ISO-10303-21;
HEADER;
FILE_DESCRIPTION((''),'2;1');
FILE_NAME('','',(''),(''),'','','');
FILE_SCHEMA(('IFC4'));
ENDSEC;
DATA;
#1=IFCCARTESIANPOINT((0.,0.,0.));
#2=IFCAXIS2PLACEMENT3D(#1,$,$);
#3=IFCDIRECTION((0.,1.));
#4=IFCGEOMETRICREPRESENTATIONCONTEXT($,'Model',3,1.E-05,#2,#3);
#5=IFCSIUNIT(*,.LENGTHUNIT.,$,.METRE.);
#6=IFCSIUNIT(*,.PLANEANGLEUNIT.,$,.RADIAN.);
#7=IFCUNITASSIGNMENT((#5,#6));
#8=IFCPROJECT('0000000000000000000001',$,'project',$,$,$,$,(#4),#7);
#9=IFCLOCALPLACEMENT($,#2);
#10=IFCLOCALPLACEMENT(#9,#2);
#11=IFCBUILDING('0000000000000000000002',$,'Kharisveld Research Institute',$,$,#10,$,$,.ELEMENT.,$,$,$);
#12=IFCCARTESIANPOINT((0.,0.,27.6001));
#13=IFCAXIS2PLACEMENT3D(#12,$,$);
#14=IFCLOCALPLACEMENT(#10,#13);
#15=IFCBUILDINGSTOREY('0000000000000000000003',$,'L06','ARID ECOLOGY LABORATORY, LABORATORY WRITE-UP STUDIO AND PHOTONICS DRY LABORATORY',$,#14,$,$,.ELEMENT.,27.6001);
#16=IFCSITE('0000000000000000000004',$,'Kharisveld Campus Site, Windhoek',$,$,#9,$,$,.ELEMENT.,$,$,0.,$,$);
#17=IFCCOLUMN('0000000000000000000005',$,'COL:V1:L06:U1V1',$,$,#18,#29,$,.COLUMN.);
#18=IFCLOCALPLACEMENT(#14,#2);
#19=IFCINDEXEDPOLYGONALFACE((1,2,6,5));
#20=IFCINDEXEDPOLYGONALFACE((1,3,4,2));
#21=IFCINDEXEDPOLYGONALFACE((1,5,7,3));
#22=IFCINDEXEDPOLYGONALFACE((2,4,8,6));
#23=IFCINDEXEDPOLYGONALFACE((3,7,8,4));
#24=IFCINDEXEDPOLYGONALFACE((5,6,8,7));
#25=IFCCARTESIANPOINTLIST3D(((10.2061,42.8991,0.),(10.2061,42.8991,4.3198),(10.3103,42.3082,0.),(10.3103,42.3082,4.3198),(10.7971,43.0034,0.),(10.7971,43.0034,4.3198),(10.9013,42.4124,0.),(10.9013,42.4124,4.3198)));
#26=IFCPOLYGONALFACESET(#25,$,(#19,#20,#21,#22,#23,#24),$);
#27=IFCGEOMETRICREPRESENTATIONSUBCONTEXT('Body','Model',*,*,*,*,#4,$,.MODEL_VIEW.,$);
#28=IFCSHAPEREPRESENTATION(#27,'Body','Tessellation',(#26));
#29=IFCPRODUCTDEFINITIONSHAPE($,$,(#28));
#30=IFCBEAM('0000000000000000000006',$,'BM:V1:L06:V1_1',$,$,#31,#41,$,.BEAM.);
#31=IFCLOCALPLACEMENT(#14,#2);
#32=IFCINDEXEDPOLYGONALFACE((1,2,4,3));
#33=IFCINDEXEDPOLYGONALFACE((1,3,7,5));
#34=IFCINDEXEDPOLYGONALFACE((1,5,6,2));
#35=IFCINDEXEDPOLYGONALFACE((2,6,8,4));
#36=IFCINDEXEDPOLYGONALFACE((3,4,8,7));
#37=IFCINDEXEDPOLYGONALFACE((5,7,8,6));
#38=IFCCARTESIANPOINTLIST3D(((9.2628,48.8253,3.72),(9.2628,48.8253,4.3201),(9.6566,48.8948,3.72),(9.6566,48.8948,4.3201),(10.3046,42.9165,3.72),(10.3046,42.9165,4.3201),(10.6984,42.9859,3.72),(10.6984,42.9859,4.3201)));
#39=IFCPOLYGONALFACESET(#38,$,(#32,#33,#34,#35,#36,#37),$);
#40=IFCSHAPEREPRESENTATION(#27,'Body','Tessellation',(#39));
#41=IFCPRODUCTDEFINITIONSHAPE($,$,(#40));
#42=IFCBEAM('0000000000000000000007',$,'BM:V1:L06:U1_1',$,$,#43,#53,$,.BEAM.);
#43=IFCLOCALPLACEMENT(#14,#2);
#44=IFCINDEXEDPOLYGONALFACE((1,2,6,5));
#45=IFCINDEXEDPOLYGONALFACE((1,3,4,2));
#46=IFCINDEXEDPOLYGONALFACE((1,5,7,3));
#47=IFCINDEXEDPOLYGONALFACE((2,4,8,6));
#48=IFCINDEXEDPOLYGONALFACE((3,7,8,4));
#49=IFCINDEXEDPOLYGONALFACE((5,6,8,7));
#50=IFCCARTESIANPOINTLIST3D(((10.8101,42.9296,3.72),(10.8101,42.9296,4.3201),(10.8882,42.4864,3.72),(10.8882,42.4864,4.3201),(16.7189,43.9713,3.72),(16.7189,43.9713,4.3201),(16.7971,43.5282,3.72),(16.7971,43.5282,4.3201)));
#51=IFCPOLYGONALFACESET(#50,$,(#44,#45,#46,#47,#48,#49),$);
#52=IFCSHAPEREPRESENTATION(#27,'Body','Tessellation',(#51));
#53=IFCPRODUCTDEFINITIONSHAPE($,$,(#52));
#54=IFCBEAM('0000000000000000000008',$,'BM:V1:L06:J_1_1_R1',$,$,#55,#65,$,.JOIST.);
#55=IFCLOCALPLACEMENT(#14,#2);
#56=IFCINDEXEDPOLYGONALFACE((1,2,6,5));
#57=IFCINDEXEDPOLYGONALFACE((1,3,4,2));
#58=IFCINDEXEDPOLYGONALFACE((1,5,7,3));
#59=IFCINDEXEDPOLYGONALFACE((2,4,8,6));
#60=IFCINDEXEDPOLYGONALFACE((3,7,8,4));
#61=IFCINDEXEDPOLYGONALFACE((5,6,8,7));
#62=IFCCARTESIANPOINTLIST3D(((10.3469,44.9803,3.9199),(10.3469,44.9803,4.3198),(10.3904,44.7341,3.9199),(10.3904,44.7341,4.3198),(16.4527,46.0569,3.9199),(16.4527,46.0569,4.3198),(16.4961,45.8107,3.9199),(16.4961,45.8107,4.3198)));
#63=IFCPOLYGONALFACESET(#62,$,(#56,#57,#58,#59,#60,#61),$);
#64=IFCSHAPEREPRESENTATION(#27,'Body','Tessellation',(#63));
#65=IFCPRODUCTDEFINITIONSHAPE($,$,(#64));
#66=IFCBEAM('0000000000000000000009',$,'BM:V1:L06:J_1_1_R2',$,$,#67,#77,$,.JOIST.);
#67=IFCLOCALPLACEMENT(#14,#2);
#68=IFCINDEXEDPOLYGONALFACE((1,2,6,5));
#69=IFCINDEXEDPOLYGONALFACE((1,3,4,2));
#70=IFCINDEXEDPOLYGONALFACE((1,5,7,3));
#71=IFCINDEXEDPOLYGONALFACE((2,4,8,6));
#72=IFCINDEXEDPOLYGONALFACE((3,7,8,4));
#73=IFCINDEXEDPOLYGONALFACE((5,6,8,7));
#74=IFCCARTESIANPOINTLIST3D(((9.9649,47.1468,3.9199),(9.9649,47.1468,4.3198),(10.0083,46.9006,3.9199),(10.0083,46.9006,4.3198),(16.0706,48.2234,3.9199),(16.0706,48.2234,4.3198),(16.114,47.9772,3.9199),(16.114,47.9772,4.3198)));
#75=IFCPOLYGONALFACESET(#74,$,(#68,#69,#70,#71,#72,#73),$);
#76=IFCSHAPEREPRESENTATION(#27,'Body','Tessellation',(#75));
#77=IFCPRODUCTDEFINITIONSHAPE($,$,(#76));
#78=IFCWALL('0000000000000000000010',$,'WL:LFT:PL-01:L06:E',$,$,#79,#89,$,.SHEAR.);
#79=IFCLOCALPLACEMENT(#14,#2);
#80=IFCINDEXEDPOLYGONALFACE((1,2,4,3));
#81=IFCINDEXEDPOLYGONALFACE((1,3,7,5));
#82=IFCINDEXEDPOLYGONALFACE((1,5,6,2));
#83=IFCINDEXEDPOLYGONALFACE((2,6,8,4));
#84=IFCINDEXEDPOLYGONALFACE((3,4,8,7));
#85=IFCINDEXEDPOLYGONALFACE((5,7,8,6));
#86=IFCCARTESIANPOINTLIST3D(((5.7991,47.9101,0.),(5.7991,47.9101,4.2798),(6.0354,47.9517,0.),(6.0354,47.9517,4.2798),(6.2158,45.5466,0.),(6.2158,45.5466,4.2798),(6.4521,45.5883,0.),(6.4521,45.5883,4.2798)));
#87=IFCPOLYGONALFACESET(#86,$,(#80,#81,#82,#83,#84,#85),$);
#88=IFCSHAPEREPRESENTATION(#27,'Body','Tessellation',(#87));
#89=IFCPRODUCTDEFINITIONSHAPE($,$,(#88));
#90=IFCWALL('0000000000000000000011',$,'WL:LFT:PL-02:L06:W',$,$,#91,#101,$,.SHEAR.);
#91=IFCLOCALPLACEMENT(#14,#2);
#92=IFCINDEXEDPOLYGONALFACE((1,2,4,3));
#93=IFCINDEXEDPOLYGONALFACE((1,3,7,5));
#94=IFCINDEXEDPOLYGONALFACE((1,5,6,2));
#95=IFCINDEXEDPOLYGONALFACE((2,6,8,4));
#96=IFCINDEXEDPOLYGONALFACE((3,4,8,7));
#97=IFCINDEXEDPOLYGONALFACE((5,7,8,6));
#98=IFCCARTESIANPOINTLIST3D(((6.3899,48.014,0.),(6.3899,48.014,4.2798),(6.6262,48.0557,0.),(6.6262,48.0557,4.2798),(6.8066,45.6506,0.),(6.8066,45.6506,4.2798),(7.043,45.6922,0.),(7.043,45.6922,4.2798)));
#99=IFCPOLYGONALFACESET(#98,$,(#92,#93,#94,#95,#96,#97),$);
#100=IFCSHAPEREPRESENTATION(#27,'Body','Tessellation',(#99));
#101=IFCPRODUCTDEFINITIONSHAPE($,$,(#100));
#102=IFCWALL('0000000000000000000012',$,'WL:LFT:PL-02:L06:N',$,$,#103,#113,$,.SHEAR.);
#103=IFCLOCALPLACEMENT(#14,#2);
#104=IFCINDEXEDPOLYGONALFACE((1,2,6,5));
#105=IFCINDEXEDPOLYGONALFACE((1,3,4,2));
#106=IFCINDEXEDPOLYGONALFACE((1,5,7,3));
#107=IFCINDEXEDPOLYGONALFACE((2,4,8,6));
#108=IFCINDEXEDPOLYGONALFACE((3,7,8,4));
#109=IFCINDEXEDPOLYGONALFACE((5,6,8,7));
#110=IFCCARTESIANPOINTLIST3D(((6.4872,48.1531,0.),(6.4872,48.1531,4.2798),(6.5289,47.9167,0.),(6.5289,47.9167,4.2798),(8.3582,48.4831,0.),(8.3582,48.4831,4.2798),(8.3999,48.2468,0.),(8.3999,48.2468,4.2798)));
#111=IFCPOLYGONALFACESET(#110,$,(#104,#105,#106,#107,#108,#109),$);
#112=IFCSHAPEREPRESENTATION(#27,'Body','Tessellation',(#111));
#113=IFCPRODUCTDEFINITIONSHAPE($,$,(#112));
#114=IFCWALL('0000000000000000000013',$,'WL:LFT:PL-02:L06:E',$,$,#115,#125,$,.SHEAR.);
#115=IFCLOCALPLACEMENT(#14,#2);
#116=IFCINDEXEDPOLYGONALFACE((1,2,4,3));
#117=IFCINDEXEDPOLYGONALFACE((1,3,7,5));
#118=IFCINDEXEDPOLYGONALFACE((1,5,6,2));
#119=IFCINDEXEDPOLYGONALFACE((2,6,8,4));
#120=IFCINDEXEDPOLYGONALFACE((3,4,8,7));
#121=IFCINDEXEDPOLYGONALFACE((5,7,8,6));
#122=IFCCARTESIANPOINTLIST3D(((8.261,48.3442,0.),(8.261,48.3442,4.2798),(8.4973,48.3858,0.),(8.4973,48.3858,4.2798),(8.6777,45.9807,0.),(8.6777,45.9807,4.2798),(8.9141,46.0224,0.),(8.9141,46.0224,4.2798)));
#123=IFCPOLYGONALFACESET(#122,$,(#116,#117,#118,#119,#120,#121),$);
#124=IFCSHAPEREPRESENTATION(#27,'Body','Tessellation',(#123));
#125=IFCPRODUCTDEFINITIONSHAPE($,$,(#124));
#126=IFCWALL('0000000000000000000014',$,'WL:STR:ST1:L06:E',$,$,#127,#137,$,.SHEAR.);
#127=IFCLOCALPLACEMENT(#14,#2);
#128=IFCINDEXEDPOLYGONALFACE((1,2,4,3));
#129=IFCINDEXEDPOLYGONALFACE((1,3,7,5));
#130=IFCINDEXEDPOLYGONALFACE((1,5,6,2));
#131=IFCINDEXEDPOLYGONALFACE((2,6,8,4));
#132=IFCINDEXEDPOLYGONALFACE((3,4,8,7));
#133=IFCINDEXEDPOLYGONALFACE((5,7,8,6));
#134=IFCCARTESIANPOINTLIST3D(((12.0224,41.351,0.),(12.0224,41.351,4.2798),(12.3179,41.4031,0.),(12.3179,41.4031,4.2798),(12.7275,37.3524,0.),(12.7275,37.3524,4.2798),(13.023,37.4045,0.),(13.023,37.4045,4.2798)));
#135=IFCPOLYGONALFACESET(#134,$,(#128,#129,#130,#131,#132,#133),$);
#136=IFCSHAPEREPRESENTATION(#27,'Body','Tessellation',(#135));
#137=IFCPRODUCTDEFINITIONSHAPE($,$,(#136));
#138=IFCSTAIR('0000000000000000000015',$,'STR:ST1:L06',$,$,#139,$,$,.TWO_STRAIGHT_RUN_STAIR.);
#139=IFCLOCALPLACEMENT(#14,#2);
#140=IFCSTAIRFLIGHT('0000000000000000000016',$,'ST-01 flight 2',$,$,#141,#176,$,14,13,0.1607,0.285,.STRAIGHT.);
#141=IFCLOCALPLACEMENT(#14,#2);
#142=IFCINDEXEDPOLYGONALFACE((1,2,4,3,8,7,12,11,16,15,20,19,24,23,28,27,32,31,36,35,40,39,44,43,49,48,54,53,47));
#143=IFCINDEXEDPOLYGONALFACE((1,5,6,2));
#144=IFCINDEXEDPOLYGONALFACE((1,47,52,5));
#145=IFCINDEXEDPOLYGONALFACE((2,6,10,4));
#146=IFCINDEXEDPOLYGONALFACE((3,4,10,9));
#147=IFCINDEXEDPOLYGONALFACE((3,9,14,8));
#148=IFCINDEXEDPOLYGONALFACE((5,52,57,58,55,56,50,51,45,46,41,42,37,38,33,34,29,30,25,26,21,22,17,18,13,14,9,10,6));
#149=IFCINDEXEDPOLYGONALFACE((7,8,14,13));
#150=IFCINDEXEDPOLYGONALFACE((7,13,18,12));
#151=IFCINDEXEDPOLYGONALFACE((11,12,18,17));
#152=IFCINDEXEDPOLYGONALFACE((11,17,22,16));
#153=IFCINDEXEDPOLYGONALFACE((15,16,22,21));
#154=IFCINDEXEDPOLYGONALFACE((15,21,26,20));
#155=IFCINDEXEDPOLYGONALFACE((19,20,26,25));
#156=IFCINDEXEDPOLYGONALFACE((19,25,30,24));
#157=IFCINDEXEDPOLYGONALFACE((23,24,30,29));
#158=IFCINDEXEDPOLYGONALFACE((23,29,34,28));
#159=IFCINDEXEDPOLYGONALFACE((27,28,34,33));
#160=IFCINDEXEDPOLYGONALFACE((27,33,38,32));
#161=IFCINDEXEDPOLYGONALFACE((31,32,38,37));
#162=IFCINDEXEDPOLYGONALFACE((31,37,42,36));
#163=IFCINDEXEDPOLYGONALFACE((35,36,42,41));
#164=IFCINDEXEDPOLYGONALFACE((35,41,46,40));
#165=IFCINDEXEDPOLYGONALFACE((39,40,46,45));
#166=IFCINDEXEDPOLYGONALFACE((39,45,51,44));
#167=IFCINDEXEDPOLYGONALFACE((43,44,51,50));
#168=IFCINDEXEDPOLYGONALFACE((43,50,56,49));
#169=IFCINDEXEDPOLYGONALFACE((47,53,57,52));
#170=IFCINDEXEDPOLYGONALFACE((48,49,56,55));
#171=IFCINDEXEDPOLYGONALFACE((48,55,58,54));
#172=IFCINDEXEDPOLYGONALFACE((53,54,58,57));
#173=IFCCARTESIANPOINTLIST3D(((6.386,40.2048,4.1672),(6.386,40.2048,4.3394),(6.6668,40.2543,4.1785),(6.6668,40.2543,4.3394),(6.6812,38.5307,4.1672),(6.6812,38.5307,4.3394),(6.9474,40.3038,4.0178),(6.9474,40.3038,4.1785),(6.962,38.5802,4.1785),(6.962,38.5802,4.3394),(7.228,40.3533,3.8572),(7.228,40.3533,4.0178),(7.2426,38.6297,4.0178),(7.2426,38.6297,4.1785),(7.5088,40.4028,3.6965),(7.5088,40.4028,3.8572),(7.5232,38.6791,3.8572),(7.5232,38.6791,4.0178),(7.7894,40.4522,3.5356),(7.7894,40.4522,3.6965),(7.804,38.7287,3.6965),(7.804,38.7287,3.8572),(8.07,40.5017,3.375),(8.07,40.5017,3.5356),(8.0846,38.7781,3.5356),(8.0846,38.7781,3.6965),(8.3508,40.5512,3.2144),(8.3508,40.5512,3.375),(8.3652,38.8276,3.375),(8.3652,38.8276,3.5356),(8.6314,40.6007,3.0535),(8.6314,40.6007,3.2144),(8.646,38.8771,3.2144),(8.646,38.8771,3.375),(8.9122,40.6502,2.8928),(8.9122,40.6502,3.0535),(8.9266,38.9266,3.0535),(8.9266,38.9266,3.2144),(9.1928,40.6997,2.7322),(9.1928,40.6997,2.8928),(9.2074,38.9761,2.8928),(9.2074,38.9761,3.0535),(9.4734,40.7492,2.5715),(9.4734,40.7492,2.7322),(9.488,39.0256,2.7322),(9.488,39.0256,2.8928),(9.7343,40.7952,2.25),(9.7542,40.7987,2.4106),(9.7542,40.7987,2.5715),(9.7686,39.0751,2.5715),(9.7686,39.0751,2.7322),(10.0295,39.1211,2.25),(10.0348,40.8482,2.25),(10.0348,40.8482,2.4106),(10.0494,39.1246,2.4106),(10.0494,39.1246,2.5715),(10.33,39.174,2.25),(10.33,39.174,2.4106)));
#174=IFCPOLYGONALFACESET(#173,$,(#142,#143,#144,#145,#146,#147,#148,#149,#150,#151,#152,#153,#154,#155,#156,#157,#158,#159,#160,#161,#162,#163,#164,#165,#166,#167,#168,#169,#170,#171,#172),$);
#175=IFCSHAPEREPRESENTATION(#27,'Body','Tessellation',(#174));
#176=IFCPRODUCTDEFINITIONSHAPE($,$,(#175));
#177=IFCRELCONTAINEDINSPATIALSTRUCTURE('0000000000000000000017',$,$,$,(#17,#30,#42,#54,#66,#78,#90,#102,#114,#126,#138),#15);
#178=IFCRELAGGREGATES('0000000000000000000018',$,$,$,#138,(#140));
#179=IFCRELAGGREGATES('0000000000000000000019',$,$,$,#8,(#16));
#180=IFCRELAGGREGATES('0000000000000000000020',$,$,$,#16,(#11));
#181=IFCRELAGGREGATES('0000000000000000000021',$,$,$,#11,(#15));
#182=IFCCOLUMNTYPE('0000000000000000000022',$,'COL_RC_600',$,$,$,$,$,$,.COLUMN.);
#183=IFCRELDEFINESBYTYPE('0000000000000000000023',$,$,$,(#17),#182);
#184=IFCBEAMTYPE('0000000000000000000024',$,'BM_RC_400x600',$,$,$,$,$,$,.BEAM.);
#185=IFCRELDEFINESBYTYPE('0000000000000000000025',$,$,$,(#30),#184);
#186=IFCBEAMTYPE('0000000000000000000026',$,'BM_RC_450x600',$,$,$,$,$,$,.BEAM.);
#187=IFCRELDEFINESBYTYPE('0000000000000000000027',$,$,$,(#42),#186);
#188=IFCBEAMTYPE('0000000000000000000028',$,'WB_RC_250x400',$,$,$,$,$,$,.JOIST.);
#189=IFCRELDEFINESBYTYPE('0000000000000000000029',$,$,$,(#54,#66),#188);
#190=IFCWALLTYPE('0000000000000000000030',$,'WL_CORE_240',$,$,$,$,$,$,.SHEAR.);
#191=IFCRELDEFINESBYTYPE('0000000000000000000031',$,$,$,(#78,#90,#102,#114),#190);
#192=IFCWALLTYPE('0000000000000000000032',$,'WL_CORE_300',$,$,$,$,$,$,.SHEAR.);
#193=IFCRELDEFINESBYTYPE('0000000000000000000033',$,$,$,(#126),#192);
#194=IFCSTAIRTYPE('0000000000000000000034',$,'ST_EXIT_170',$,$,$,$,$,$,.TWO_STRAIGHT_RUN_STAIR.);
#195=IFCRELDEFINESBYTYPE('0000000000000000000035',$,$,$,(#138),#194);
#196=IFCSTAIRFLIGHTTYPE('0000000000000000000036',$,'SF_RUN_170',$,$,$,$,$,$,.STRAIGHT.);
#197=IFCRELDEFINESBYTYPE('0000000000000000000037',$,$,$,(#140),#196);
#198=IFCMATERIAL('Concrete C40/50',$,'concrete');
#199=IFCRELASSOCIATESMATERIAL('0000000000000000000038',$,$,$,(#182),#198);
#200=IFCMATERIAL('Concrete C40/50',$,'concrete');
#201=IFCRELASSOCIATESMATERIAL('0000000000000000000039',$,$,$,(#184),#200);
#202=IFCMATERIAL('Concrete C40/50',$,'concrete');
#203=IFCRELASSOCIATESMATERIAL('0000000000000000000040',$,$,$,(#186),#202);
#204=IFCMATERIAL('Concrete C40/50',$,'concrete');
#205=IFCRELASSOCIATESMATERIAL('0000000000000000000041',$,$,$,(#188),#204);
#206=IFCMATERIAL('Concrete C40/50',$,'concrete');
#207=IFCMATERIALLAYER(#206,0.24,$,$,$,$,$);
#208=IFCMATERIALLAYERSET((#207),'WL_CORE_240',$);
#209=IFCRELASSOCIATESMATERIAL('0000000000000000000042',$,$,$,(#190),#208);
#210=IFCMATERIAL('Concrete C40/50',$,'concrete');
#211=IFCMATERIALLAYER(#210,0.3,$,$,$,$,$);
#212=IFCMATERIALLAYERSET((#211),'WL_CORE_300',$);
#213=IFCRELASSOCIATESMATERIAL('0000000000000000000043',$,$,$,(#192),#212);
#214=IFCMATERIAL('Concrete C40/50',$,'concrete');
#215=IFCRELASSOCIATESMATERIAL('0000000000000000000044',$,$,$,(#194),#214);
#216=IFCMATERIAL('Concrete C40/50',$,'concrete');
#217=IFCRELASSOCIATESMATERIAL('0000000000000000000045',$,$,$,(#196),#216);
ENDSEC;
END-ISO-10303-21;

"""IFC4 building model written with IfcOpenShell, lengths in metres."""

from ifc_helpers import new_model, si_unit, direction, frame, frame_2d, origin, origin_2d, place, context, subcontext, project, spatial, polyline, rectangle, outline, extrude, material, layer, layer_set, material_profile, profile_set, type_object, element, aggregate, save


model = new_model("IFC4")

# Units and contexts
model_context = context("Model", 3, precision=1e-05, world=origin(), true_north=direction((0.0, 1.0)))
body_context = subcontext(model_context, "Body", "Model", "MODEL_VIEW")
ifc_project = project(units=[si_unit("LENGTHUNIT", "METRE"), si_unit("PLANEANGLEUNIT", "RADIAN")], contexts=[model_context])

# Site, building, storey
site_placement = place(None, origin())
site = spatial("IfcSite", under=ifc_project, at=site_placement, Name="Kharisveld Campus Site, Windhoek", CompositionType="ELEMENT", RefElevation=0.0)
building_placement = place(site_placement, origin())
building = spatial("IfcBuilding", under=site, at=building_placement, Name="Kharisveld Research Institute", CompositionType="ELEMENT")
storey_placement = place(building_placement, frame((0.0, 0.0, 27.6001)))
storey = spatial("IfcBuildingStorey", under=building, at=storey_placement, Name="L06", Description="ARID ECOLOGY LABORATORY, LABORATORY WRITE-UP STUDIO AND PHOTONICS DRY LABORATORY", CompositionType="ELEMENT", Elevation=27.6001)

# Column
ifc_material_1 = material(Name="Concrete C40/50", Category="concrete")
ifc_material_profile_1 = material_profile(ifc_material_1, rectangle(XDim=0.6001, YDim=0.6001, at=origin_2d()))
ifc_profile_set_1 = profile_set([ifc_material_profile_1], Name="Concrete C40/50")
column_type = type_object("IfcColumnType", Name="COL_RC_600", PredefinedType="COLUMN", material=ifc_profile_set_1)
column_placement = place(storey_placement, frame((10.5537, 42.6558, 0.0), z_axis=(0.0, 0.0, 1.0), x_axis=(0.984808, 0.173648, 0.0)))
element("IfcColumn", 1, at=column_placement, inside=storey, type_object=column_type, Name="COL:V1:L06:U1V1", PredefinedType="COLUMN", context=body_context, shape_type="SweptSolid", body=[
    extrude(rectangle(XDim=0.6001, YDim=0.6001, at=origin_2d()), origin(), (0.0, 0.0, 1.0), 4.3198),
])

# Beams
ifc_material_2 = material(Name="Concrete C40/50", Category="concrete")
ifc_material_profile_2 = material_profile(ifc_material_2, rectangle(XDim=0.3999, YDim=0.6001, at=origin_2d()))
ifc_profile_set_2 = profile_set([ifc_material_profile_2], Name="Concrete C40/50")
beam_type_1 = type_object("IfcBeamType", Name="BM_RC_400x600", PredefinedType="BEAM", material=ifc_profile_set_2)
beam_1_placement = place(storey_placement, frame((10.5015, 42.9512, 4.02), z_axis=(-0.173623, 0.984812, 0.0), x_axis=(-0.984812, -0.173623, 0.0)))
element("IfcBeam", 2, at=beam_1_placement, inside=storey, type_object=beam_type_1, Name="BM:V1:L06:V1_1", PredefinedType="BEAM", context=body_context, shape_type="SweptSolid", body=[
    extrude(rectangle(XDim=0.3999, YDim=0.6001, at=origin_2d()), origin(), (0.0, 0.0, 1.0), 6.0),
])
ifc_material_3 = material(Name="Concrete C40/50", Category="concrete")
ifc_material_profile_3 = material_profile(ifc_material_3, rectangle(XDim=0.45, YDim=0.6001, at=origin_2d()))
ifc_profile_set_3 = profile_set([ifc_material_profile_3], Name="Concrete C40/50")
beam_type_2 = type_object("IfcBeamType", Name="BM_RC_450x600", PredefinedType="BEAM", material=ifc_profile_set_3)
beam_2_placement = place(storey_placement, frame((10.8491, 42.708, 4.02), z_axis=(0.984812, 0.173623, 0.0), x_axis=(-0.173623, 0.984812, 0.0)))
element("IfcBeam", 3, at=beam_2_placement, inside=storey, type_object=beam_type_2, Name="BM:V1:L06:U1_1", PredefinedType="BEAM", context=body_context, shape_type="SweptSolid", body=[
    extrude(rectangle(XDim=0.45, YDim=0.6001, at=origin_2d()), origin(), (0.0, 0.0, 1.0), 6.0),
])
ifc_material_4 = material(Name="Concrete C40/50", Category="concrete")
ifc_material_profile_4 = material_profile(ifc_material_4, rectangle(XDim=0.25, YDim=0.3999, at=origin_2d()))
ifc_profile_set_4 = profile_set([ifc_material_profile_4], Name="Concrete C40/50")
beam_type_3 = type_object("IfcBeamType", Name="WB_RC_250x400", PredefinedType="JOIST", material=ifc_profile_set_4)
for number, where, z_axis, x_axis, name in (
    (4, (10.3687, 44.8572, 4.1199), (0.984806, 0.173657, 0.0), (-0.173657, 0.984806, 0.0), "BM:V1:L06:J_1_1_R1"),
    (5, (9.9866, 47.0237, 4.1199), (0.984806, 0.173657, 0.0), (-0.173657, 0.984806, 0.0), "BM:V1:L06:J_1_1_R2"),
):
    element("IfcBeam", number, at=place(storey_placement, frame(where, z_axis=z_axis, x_axis=x_axis)), inside=storey, type_object=beam_type_3, Name=name, PredefinedType="JOIST", context=body_context, shape_type="SweptSolid", body=[
        extrude(rectangle(XDim=0.25, YDim=0.3999, at=origin_2d()), origin(), (0.0, 0.0, 1.0), 6.2),
    ])

# Wall
ifc_material_5 = material(Name="Concrete C40/50", Category="concrete")
ifc_layer_1 = layer(ifc_material_5, 0.24)
ifc_layer_set_1 = layer_set([ifc_layer_1], Name="WL_CORE_240")
wall_type_1 = type_object("IfcWallType", Name="WL_CORE_240", PredefinedType="SHEAR", material=ifc_layer_set_1)
wall_1_placement = place(storey_placement, frame((5.9172, 47.9309, 0.0), z_axis=(0.0, 0.0, 1.0), x_axis=(0.173646, -0.984808, 0.0)))
element("IfcWall", 6, at=wall_1_placement, inside=storey, type_object=wall_type_1, Name="WL:LFT:PL-01:L06:E", PredefinedType="SHEAR", context=body_context, shape_type="SweptSolid", body=[
    extrude(rectangle(XDim=2.3999, YDim=0.24, at=frame_2d((1.2, 0.0))), origin(), (0.0, 0.0, 1.0), 4.2798),
])

# Walls
wall_2_placement = place(storey_placement, frame((6.9248, 45.6714, 0.0), z_axis=(0.0, 0.0, 1.0), x_axis=(-0.173646, 0.984808, 0.0)))
element("IfcWall", 7, at=wall_2_placement, inside=storey, type_object=wall_type_1, Name="WL:LFT:PL-02:L06:W", PredefinedType="SHEAR", context=body_context, shape_type="SweptSolid", body=[
    extrude(rectangle(XDim=2.3999, YDim=0.24, at=frame_2d((1.2, 0.0))), origin(), (0.0, 0.0, 1.0), 4.2798),
])
wall_3_placement = place(storey_placement, frame((6.5081, 48.0349, 0.0), z_axis=(0.0, 0.0, 1.0), x_axis=(0.984794, 0.173727, 0.0)))
element("IfcWall", 8, at=wall_3_placement, inside=storey, type_object=wall_type_1, Name="WL:LFT:PL-02:L06:N", PredefinedType="SHEAR", context=body_context, shape_type="SweptSolid", body=[
    extrude(rectangle(XDim=1.8999, YDim=0.24, at=frame_2d((0.95, 0.0))), origin(), (0.0, 0.0, 1.0), 4.2798),
])
wall_4_placement = place(storey_placement, frame((8.3792, 48.365, 0.0), z_axis=(0.0, 0.0, 1.0), x_axis=(0.173646, -0.984808, 0.0)))
element("IfcWall", 9, at=wall_4_placement, inside=storey, type_object=wall_type_1, Name="WL:LFT:PL-02:L06:E", PredefinedType="SHEAR", context=body_context, shape_type="SweptSolid", body=[
    extrude(rectangle(XDim=2.3999, YDim=0.24, at=frame_2d((1.2, 0.0))), origin(), (0.0, 0.0, 1.0), 4.2798),
])

# Shared definitions
ifc_material_6 = material(Name="Concrete C40/50", Category="concrete")
ifc_layer_2 = layer(ifc_material_6, 0.3)
ifc_layer_set_2 = layer_set([ifc_layer_2], Name="WL_CORE_300")
wall_type_2 = type_object("IfcWallType", Name="WL_CORE_300", PredefinedType="SHEAR", material=ifc_layer_set_2)

# Wall
wall_5_placement = place(storey_placement, frame((12.1702, 41.3772, 0.0), z_axis=(0.0, 0.0, 1.0), x_axis=(0.173655, -0.984807, 0.0)))
element("IfcWall", 10, at=wall_5_placement, inside=storey, type_object=wall_type_2, Name="WL:STR:ST1:L06:E", PredefinedType="SHEAR", context=body_context, shape_type="SweptSolid", body=[
    extrude(rectangle(XDim=4.0603, YDim=0.3, at=frame_2d((2.0303, 0.0))), origin(), (0.0, 0.0, 1.0), 4.2798),
])

# Stair, stair flight
ifc_material_7 = material(Name="Concrete C40/50", Category="concrete")
stair_type = type_object("IfcStairType", Name="ST_EXIT_170", PredefinedType="TWO_STRAIGHT_RUN_STAIR", material=ifc_material_7)
stair_placement = place(storey_placement, origin())
stair = element("IfcStair", 11, at=stair_placement, inside=storey, type_object=stair_type, Name="STR:ST1:L06", PredefinedType="TWO_STRAIGHT_RUN_STAIR")
ifc_material_8 = material(Name="Concrete C40/50", Category="concrete")
stair_flight_type = type_object("IfcStairFlightType", Name="SF_RUN_170", PredefinedType="STRAIGHT", material=ifc_material_8)
stair_flight_placement = place(storey_placement, frame((10.1824, 40.0112, 2.25), z_axis=(0.0, 0.0, 1.0), x_axis=(-0.984808, -0.173648, 0.0)))
stair_flight = element("IfcStairFlight", 12, at=stair_flight_placement, type_object=stair_flight_type, Name="ST-01 flight 2", NumberOfRisers=14, NumberOfTreads=13, PredefinedType="STRAIGHT", RiserHeight=0.1607, TreadLength=0.285, context=body_context, shape_type="SweptSolid", body=[
    extrude(outline(polyline([(0.0, 0.0), (0.0, 0.1606), (0.2849, 0.1606), (0.2849, 0.3215), (0.5701, 0.3215), (0.5701, 0.4822), (0.855, 0.4822), (0.855, 0.6428), (1.1399, 0.6428), (1.1399, 0.8035), (1.425, 0.8035), (1.425, 0.9644), (1.71, 0.9644), (1.71, 1.125), (1.9951, 1.125), (1.9951, 1.2856), (2.28, 1.2856), (2.28, 1.4465), (2.5649, 1.4465), (2.5649, 1.6072), (2.8501, 1.6072), (2.8501, 1.7678), (3.135, 1.7678), (3.135, 1.9285), (3.4199, 1.9285), (3.4199, 2.0894), (3.7051, 2.0894), (3.7051, 2.25), (3.7051, 1.9172), (0.3052, 0.0), (0.0, 0.0)])), frame((0.0, 0.8501, 0.0), z_axis=(0.0, -1.0, 0.0), x_axis=(1.0, 0.0, 0.0)), (0.0, 0.0, 1.0), 1.7),
])
aggregate(stair, [stair_flight])

save(model, "model.ifc")
